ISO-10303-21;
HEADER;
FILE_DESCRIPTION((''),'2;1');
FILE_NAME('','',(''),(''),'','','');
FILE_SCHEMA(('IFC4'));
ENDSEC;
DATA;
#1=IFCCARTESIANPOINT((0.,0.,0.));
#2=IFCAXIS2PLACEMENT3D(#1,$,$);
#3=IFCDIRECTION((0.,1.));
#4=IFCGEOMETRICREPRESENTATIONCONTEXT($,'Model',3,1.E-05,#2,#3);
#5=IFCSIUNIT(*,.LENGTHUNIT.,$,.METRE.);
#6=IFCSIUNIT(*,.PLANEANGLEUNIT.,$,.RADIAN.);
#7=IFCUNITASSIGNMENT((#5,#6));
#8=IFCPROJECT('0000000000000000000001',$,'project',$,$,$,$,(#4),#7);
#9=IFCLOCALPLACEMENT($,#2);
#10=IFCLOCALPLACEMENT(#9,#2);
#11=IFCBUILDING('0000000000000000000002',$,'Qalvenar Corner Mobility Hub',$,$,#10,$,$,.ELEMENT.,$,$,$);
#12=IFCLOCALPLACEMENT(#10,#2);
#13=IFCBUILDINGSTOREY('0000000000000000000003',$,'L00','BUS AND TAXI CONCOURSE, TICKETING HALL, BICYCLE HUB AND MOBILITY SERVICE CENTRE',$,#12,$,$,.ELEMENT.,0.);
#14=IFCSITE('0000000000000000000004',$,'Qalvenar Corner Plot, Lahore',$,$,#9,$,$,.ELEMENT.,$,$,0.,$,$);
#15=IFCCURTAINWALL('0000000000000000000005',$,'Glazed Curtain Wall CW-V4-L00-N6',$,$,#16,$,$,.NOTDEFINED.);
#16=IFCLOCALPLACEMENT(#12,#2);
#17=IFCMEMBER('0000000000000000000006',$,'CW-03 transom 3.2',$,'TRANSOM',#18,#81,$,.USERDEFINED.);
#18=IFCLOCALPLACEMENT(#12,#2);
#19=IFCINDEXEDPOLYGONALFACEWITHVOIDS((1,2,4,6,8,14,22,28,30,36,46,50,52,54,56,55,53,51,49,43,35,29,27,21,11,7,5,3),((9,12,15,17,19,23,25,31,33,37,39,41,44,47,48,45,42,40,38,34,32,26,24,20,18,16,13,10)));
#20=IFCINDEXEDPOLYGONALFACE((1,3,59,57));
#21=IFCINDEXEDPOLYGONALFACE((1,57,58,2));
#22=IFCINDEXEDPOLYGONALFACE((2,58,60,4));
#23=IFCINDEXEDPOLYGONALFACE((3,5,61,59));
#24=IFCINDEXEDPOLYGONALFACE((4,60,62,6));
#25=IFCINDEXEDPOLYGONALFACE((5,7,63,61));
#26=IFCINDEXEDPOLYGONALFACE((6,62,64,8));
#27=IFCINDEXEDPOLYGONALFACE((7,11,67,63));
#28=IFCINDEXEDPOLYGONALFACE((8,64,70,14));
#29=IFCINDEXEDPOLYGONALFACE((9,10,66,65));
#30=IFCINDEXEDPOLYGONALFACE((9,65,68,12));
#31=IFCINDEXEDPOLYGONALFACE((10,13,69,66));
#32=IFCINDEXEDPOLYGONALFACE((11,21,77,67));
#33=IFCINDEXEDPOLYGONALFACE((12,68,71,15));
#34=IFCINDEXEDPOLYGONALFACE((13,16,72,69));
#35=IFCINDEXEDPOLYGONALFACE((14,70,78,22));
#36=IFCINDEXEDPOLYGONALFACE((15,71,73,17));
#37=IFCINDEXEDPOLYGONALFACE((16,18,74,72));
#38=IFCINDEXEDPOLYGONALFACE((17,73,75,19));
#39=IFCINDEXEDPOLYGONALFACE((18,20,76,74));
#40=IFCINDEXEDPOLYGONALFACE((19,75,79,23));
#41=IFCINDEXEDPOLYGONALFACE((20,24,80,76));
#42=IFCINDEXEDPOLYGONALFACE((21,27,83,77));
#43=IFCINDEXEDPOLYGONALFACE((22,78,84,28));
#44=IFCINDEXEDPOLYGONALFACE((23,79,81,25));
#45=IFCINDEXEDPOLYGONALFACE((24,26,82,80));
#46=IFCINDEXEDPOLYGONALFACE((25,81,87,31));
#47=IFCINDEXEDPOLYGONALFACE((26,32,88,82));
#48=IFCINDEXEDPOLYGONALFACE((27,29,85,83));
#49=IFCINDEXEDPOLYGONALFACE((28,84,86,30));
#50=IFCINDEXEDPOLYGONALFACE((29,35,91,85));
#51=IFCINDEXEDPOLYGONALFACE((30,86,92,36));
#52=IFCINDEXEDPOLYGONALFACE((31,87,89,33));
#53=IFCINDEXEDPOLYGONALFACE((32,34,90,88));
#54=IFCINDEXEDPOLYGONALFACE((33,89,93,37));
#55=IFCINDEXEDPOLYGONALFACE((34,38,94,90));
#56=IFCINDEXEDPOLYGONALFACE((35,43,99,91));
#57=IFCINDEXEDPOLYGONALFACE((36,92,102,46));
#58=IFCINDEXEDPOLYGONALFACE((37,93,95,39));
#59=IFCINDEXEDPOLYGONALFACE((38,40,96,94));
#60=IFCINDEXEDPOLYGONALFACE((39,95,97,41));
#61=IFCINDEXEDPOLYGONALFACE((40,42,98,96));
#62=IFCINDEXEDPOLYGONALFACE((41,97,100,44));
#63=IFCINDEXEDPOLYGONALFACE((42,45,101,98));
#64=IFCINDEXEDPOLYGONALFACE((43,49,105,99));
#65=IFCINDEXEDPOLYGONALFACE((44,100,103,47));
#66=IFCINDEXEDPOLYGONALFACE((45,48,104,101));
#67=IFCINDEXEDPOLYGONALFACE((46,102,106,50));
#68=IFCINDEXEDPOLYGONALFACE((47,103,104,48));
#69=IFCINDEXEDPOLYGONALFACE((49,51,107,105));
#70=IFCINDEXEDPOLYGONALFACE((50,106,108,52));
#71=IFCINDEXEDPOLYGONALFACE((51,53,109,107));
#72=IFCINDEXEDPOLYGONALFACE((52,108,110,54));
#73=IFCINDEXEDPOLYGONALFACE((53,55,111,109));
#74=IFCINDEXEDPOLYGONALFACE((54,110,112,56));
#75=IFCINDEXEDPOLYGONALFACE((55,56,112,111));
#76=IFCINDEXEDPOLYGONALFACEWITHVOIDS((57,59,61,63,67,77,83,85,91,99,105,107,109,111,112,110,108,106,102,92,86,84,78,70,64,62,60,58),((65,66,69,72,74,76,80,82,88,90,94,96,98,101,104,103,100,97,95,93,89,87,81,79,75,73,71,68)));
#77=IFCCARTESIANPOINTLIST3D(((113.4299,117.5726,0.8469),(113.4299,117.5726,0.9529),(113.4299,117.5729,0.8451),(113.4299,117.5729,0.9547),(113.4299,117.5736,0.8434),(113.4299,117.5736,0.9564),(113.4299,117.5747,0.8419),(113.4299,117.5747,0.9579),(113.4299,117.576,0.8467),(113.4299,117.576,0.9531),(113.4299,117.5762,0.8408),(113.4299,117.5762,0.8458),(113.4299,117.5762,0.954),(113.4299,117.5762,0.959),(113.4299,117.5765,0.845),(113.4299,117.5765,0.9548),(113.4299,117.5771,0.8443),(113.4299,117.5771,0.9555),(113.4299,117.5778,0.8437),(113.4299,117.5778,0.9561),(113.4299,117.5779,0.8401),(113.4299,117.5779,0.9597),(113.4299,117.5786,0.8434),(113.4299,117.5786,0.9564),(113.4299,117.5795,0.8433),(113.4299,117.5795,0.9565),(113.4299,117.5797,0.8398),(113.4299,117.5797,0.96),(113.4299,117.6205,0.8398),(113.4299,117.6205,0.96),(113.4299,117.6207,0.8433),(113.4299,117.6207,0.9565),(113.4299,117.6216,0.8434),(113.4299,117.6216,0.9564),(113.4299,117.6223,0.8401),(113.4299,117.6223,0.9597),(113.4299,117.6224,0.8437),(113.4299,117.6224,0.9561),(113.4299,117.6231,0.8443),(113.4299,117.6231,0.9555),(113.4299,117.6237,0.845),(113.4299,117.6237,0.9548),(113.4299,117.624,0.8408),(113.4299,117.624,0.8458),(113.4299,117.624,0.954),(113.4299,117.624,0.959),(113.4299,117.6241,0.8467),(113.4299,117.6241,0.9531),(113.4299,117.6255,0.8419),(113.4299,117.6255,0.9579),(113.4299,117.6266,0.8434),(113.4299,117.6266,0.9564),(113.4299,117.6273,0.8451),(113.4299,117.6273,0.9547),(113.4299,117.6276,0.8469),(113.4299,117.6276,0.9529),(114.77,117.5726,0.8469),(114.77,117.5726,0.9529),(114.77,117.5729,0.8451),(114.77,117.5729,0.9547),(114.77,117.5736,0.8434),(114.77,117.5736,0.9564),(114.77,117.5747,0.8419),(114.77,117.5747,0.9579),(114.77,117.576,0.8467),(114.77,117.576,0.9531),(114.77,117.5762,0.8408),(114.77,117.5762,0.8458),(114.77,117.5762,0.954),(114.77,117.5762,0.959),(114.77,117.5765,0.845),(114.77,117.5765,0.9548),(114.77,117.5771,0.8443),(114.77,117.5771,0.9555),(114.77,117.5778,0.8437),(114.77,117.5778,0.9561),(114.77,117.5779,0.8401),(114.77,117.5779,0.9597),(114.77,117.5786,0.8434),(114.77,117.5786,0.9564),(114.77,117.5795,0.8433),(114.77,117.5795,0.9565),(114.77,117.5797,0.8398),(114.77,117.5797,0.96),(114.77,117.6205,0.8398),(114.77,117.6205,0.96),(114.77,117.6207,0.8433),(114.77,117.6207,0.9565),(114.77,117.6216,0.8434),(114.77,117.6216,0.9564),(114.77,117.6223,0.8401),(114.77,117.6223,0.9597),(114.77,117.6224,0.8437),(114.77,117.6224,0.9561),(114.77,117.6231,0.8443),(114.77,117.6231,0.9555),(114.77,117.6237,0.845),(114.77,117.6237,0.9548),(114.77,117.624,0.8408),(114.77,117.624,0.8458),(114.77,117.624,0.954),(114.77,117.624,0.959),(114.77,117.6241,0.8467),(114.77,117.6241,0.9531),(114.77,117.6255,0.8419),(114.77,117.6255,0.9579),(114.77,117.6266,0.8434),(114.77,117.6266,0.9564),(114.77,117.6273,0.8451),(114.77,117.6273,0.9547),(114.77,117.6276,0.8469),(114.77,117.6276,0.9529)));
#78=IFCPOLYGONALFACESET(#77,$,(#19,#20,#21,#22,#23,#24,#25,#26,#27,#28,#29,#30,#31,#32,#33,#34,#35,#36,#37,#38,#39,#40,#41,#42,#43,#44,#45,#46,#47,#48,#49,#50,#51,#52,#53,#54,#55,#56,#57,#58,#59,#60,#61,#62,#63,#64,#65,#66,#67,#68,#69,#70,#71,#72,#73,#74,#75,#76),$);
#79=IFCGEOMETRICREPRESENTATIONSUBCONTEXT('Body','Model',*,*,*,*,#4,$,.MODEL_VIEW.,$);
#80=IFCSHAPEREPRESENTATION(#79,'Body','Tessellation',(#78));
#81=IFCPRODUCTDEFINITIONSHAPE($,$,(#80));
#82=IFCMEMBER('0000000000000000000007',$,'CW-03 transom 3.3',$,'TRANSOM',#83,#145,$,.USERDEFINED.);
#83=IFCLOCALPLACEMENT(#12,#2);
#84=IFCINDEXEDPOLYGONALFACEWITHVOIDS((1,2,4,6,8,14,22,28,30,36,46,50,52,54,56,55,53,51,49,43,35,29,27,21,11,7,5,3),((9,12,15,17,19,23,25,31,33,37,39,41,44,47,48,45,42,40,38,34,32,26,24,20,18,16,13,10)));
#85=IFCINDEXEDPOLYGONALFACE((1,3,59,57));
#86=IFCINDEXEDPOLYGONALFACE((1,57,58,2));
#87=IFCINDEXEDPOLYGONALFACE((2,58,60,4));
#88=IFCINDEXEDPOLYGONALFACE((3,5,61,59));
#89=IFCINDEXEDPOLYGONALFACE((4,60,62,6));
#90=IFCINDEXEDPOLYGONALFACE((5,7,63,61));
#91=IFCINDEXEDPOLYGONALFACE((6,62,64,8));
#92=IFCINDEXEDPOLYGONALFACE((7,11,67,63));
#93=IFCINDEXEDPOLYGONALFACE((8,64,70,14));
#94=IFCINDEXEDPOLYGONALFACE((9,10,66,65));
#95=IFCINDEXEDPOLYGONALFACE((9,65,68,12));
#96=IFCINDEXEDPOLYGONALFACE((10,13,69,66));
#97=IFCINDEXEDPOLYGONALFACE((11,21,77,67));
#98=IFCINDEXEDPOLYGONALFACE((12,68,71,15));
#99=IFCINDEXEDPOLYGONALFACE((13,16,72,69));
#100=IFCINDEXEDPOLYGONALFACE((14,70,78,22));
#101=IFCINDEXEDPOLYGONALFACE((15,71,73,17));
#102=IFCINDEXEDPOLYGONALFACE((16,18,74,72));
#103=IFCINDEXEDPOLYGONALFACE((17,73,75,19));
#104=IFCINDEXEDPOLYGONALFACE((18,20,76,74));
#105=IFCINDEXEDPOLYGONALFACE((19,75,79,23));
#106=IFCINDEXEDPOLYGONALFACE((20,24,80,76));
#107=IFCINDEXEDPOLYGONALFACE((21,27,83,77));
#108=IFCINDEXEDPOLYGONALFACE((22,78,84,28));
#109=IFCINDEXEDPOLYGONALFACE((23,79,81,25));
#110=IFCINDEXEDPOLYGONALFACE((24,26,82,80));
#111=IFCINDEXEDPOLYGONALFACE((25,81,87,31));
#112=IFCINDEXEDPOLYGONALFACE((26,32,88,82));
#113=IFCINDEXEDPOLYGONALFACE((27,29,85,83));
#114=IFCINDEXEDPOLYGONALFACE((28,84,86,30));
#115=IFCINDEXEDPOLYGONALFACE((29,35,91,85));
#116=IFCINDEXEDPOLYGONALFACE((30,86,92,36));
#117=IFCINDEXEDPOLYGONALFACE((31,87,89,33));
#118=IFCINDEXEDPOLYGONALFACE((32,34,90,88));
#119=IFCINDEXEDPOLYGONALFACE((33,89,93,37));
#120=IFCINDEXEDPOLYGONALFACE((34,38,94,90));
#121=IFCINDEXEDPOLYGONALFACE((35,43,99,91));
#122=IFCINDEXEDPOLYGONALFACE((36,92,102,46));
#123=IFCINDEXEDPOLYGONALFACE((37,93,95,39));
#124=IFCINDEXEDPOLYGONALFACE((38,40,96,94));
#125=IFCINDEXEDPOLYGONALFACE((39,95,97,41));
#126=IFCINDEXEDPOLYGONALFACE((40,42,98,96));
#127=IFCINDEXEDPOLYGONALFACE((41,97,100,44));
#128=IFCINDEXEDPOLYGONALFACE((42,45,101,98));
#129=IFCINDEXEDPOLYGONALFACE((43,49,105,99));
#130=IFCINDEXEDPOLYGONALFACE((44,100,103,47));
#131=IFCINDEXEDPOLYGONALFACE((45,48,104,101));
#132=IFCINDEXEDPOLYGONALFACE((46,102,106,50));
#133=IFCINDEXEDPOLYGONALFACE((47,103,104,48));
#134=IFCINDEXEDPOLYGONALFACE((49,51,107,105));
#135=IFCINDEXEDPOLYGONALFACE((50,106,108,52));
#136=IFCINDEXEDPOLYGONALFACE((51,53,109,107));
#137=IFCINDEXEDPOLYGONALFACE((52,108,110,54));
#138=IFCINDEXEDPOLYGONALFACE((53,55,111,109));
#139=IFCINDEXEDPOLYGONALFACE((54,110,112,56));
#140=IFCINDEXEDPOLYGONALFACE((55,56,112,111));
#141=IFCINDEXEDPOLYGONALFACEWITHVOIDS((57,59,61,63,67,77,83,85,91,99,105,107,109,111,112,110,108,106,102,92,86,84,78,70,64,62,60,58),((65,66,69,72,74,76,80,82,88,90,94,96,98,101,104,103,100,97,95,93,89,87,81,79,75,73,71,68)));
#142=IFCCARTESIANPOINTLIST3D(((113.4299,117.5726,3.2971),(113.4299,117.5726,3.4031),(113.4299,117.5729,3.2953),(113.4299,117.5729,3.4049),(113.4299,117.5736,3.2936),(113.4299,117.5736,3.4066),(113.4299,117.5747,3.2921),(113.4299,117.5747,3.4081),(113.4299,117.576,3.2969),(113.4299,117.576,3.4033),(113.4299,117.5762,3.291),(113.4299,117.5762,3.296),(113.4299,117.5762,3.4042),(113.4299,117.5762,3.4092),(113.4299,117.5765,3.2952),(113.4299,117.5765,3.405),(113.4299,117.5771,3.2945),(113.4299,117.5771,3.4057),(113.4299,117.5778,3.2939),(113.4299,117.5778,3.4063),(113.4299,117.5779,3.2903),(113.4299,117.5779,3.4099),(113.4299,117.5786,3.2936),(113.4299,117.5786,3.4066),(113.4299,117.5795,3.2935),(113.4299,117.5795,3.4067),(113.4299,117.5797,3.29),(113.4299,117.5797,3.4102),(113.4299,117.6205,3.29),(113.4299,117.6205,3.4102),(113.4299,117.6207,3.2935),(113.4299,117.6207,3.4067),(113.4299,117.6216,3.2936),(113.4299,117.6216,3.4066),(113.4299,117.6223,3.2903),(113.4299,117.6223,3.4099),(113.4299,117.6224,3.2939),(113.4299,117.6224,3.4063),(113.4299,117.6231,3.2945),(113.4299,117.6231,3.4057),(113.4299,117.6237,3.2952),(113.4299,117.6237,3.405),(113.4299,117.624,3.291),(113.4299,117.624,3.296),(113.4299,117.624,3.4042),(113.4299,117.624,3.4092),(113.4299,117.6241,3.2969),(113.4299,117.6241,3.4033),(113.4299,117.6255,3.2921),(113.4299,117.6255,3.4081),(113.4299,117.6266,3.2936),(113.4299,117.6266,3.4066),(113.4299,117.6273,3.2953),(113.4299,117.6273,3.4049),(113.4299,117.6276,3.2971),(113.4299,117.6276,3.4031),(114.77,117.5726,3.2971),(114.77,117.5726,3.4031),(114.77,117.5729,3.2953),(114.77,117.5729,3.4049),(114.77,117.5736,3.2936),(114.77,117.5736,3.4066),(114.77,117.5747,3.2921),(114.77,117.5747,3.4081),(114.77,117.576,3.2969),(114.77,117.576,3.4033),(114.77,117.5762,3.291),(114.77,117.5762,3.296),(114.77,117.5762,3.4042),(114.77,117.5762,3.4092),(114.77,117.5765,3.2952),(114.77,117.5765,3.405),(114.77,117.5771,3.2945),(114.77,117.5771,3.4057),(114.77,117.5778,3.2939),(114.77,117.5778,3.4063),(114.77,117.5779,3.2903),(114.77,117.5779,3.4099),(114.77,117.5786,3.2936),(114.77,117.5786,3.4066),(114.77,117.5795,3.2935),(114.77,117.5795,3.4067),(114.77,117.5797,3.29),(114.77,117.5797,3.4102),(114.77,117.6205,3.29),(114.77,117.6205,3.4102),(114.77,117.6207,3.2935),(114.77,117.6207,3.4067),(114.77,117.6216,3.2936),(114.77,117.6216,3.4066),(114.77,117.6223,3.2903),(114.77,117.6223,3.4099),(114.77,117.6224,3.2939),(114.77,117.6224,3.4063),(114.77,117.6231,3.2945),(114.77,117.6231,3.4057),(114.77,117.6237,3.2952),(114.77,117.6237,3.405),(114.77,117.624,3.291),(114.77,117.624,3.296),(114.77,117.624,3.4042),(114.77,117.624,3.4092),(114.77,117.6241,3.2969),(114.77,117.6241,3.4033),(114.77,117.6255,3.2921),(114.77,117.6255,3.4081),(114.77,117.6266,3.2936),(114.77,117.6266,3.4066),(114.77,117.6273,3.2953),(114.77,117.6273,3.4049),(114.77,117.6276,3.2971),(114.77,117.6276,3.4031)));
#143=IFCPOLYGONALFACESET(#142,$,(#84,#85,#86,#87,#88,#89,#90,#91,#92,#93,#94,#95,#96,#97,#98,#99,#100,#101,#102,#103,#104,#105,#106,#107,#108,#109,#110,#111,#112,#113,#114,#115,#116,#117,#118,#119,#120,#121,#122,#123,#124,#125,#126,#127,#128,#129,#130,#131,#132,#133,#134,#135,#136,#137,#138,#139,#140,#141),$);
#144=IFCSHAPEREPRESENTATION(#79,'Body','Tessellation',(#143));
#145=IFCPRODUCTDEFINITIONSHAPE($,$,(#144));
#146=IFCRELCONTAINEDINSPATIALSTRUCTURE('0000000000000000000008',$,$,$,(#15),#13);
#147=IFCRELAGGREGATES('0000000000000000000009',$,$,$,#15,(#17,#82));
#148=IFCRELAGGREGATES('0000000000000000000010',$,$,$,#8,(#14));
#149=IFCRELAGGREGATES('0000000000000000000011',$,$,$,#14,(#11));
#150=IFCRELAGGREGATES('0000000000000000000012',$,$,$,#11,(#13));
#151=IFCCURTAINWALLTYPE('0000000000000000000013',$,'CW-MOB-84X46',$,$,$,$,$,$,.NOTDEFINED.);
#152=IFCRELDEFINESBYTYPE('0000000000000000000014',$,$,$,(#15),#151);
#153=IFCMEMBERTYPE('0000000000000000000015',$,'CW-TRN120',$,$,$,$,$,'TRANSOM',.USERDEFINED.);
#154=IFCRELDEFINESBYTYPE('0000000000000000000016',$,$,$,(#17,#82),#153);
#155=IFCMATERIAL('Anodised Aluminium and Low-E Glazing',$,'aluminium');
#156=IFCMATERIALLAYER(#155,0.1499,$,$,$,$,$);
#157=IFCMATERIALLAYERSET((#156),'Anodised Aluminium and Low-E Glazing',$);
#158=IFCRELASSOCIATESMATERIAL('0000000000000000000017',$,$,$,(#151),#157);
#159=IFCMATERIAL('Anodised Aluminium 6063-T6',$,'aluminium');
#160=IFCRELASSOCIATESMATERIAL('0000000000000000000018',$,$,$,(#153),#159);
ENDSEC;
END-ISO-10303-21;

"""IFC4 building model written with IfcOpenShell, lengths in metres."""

from ifc_helpers import new_model, si_unit, direction, frame, origin, origin_2d, place, context, subcontext, project, spatial, hollow_rectangle, extrude, material, layer, layer_set, material_profile, profile_set, type_object, element, aggregate, save


model = new_model("IFC4")

# Units and contexts
model_context = context("Model", 3, precision=1e-05, world=origin(), true_north=direction((0.0, 1.0)))
body_context = subcontext(model_context, "Body", "Model", "MODEL_VIEW")
ifc_project = project(units=[si_unit("LENGTHUNIT", "METRE"), si_unit("PLANEANGLEUNIT", "RADIAN")], contexts=[model_context])

# Site, building, storey
site_placement = place(None, origin())
site = spatial("IfcSite", under=ifc_project, at=site_placement, Name="Qalvenar Corner Plot, Lahore", CompositionType="ELEMENT", RefElevation=0.0)
building_placement = place(site_placement, origin())
building = spatial("IfcBuilding", under=site, at=building_placement, Name="Qalvenar Corner Mobility Hub", CompositionType="ELEMENT")
storey_placement = place(building_placement, origin())
storey = spatial("IfcBuildingStorey", under=building, at=storey_placement, Name="L00", Description="BUS AND TAXI CONCOURSE, TICKETING HALL, BICYCLE HUB AND MOBILITY SERVICE CENTRE", CompositionType="ELEMENT", Elevation=0.0)

# Curtain wall, members
ifc_material_1 = material(Name="Anodised Aluminium and Low-E Glazing", Category="aluminium")
ifc_layer_1 = layer(ifc_material_1, 0.1499)
ifc_layer_set_1 = layer_set([ifc_layer_1], Name="Anodised Aluminium and Low-E Glazing")
curtain_wall_type = type_object("IfcCurtainWallType", Name="CW-MOB-84X46", PredefinedType="NOTDEFINED", material=ifc_layer_set_1)
curtain_wall_placement = place(storey_placement, origin())
curtain_wall = element("IfcCurtainWall", 1, at=curtain_wall_placement, inside=storey, type_object=curtain_wall_type, Name="Glazed Curtain Wall CW-V4-L00-N6", PredefinedType="NOTDEFINED")
ifc_material_2 = material(Name="Anodised Aluminium 6063-T6", Category="aluminium")
ifc_material_profile_1 = material_profile(ifc_material_2, hollow_rectangle(XDim=0.0549, YDim=0.1201, WallThickness=0.0034, InnerFilletRadius=0.0034, OuterFilletRadius=0.0071, at=origin_2d()), Name="RHS120x55x3.5")
ifc_profile_set_1 = profile_set([ifc_material_profile_1], Name="Anodised Aluminium 6063-T6")
member_type_1 = type_object("IfcMemberType", Name="CW-TRN120", ElementType="TRANSOM", PredefinedType="USERDEFINED", material=ifc_profile_set_1)
member_1_placement = place(storey_placement, frame((114.77, 117.6001, 0.8999), z_axis=(-1.0, 0.0, 0.0), x_axis=(0.0, -1.0, 0.0)))
member_1 = element("IfcMember", 2, at=member_1_placement, type_object=member_type_1, Name="CW-03 transom 3.2", ObjectType="TRANSOM", PredefinedType="USERDEFINED", context=body_context, shape_type="SweptSolid", body=[
    extrude(hollow_rectangle(XDim=0.0549, YDim=0.1201, WallThickness=0.0034, InnerFilletRadius=0.0034, OuterFilletRadius=0.0071, at=origin_2d()), origin(), (0.0, 0.0, 1.0), 1.3401),
])
member_2_placement = place(storey_placement, frame((114.77, 117.6001, 3.3501), z_axis=(-1.0, 0.0, 0.0), x_axis=(0.0, -1.0, 0.0)))
member_2 = element("IfcMember", 3, at=member_2_placement, type_object=member_type_1, Name="CW-03 transom 3.3", ObjectType="TRANSOM", PredefinedType="USERDEFINED", context=body_context, shape_type="SweptSolid", body=[
    extrude(hollow_rectangle(XDim=0.0549, YDim=0.1201, WallThickness=0.0034, InnerFilletRadius=0.0034, OuterFilletRadius=0.0071, at=origin_2d()), origin(), (0.0, 0.0, 1.0), 1.3401),
])
aggregate(curtain_wall, [member_1, member_2])

save(model, "model.ifc")
